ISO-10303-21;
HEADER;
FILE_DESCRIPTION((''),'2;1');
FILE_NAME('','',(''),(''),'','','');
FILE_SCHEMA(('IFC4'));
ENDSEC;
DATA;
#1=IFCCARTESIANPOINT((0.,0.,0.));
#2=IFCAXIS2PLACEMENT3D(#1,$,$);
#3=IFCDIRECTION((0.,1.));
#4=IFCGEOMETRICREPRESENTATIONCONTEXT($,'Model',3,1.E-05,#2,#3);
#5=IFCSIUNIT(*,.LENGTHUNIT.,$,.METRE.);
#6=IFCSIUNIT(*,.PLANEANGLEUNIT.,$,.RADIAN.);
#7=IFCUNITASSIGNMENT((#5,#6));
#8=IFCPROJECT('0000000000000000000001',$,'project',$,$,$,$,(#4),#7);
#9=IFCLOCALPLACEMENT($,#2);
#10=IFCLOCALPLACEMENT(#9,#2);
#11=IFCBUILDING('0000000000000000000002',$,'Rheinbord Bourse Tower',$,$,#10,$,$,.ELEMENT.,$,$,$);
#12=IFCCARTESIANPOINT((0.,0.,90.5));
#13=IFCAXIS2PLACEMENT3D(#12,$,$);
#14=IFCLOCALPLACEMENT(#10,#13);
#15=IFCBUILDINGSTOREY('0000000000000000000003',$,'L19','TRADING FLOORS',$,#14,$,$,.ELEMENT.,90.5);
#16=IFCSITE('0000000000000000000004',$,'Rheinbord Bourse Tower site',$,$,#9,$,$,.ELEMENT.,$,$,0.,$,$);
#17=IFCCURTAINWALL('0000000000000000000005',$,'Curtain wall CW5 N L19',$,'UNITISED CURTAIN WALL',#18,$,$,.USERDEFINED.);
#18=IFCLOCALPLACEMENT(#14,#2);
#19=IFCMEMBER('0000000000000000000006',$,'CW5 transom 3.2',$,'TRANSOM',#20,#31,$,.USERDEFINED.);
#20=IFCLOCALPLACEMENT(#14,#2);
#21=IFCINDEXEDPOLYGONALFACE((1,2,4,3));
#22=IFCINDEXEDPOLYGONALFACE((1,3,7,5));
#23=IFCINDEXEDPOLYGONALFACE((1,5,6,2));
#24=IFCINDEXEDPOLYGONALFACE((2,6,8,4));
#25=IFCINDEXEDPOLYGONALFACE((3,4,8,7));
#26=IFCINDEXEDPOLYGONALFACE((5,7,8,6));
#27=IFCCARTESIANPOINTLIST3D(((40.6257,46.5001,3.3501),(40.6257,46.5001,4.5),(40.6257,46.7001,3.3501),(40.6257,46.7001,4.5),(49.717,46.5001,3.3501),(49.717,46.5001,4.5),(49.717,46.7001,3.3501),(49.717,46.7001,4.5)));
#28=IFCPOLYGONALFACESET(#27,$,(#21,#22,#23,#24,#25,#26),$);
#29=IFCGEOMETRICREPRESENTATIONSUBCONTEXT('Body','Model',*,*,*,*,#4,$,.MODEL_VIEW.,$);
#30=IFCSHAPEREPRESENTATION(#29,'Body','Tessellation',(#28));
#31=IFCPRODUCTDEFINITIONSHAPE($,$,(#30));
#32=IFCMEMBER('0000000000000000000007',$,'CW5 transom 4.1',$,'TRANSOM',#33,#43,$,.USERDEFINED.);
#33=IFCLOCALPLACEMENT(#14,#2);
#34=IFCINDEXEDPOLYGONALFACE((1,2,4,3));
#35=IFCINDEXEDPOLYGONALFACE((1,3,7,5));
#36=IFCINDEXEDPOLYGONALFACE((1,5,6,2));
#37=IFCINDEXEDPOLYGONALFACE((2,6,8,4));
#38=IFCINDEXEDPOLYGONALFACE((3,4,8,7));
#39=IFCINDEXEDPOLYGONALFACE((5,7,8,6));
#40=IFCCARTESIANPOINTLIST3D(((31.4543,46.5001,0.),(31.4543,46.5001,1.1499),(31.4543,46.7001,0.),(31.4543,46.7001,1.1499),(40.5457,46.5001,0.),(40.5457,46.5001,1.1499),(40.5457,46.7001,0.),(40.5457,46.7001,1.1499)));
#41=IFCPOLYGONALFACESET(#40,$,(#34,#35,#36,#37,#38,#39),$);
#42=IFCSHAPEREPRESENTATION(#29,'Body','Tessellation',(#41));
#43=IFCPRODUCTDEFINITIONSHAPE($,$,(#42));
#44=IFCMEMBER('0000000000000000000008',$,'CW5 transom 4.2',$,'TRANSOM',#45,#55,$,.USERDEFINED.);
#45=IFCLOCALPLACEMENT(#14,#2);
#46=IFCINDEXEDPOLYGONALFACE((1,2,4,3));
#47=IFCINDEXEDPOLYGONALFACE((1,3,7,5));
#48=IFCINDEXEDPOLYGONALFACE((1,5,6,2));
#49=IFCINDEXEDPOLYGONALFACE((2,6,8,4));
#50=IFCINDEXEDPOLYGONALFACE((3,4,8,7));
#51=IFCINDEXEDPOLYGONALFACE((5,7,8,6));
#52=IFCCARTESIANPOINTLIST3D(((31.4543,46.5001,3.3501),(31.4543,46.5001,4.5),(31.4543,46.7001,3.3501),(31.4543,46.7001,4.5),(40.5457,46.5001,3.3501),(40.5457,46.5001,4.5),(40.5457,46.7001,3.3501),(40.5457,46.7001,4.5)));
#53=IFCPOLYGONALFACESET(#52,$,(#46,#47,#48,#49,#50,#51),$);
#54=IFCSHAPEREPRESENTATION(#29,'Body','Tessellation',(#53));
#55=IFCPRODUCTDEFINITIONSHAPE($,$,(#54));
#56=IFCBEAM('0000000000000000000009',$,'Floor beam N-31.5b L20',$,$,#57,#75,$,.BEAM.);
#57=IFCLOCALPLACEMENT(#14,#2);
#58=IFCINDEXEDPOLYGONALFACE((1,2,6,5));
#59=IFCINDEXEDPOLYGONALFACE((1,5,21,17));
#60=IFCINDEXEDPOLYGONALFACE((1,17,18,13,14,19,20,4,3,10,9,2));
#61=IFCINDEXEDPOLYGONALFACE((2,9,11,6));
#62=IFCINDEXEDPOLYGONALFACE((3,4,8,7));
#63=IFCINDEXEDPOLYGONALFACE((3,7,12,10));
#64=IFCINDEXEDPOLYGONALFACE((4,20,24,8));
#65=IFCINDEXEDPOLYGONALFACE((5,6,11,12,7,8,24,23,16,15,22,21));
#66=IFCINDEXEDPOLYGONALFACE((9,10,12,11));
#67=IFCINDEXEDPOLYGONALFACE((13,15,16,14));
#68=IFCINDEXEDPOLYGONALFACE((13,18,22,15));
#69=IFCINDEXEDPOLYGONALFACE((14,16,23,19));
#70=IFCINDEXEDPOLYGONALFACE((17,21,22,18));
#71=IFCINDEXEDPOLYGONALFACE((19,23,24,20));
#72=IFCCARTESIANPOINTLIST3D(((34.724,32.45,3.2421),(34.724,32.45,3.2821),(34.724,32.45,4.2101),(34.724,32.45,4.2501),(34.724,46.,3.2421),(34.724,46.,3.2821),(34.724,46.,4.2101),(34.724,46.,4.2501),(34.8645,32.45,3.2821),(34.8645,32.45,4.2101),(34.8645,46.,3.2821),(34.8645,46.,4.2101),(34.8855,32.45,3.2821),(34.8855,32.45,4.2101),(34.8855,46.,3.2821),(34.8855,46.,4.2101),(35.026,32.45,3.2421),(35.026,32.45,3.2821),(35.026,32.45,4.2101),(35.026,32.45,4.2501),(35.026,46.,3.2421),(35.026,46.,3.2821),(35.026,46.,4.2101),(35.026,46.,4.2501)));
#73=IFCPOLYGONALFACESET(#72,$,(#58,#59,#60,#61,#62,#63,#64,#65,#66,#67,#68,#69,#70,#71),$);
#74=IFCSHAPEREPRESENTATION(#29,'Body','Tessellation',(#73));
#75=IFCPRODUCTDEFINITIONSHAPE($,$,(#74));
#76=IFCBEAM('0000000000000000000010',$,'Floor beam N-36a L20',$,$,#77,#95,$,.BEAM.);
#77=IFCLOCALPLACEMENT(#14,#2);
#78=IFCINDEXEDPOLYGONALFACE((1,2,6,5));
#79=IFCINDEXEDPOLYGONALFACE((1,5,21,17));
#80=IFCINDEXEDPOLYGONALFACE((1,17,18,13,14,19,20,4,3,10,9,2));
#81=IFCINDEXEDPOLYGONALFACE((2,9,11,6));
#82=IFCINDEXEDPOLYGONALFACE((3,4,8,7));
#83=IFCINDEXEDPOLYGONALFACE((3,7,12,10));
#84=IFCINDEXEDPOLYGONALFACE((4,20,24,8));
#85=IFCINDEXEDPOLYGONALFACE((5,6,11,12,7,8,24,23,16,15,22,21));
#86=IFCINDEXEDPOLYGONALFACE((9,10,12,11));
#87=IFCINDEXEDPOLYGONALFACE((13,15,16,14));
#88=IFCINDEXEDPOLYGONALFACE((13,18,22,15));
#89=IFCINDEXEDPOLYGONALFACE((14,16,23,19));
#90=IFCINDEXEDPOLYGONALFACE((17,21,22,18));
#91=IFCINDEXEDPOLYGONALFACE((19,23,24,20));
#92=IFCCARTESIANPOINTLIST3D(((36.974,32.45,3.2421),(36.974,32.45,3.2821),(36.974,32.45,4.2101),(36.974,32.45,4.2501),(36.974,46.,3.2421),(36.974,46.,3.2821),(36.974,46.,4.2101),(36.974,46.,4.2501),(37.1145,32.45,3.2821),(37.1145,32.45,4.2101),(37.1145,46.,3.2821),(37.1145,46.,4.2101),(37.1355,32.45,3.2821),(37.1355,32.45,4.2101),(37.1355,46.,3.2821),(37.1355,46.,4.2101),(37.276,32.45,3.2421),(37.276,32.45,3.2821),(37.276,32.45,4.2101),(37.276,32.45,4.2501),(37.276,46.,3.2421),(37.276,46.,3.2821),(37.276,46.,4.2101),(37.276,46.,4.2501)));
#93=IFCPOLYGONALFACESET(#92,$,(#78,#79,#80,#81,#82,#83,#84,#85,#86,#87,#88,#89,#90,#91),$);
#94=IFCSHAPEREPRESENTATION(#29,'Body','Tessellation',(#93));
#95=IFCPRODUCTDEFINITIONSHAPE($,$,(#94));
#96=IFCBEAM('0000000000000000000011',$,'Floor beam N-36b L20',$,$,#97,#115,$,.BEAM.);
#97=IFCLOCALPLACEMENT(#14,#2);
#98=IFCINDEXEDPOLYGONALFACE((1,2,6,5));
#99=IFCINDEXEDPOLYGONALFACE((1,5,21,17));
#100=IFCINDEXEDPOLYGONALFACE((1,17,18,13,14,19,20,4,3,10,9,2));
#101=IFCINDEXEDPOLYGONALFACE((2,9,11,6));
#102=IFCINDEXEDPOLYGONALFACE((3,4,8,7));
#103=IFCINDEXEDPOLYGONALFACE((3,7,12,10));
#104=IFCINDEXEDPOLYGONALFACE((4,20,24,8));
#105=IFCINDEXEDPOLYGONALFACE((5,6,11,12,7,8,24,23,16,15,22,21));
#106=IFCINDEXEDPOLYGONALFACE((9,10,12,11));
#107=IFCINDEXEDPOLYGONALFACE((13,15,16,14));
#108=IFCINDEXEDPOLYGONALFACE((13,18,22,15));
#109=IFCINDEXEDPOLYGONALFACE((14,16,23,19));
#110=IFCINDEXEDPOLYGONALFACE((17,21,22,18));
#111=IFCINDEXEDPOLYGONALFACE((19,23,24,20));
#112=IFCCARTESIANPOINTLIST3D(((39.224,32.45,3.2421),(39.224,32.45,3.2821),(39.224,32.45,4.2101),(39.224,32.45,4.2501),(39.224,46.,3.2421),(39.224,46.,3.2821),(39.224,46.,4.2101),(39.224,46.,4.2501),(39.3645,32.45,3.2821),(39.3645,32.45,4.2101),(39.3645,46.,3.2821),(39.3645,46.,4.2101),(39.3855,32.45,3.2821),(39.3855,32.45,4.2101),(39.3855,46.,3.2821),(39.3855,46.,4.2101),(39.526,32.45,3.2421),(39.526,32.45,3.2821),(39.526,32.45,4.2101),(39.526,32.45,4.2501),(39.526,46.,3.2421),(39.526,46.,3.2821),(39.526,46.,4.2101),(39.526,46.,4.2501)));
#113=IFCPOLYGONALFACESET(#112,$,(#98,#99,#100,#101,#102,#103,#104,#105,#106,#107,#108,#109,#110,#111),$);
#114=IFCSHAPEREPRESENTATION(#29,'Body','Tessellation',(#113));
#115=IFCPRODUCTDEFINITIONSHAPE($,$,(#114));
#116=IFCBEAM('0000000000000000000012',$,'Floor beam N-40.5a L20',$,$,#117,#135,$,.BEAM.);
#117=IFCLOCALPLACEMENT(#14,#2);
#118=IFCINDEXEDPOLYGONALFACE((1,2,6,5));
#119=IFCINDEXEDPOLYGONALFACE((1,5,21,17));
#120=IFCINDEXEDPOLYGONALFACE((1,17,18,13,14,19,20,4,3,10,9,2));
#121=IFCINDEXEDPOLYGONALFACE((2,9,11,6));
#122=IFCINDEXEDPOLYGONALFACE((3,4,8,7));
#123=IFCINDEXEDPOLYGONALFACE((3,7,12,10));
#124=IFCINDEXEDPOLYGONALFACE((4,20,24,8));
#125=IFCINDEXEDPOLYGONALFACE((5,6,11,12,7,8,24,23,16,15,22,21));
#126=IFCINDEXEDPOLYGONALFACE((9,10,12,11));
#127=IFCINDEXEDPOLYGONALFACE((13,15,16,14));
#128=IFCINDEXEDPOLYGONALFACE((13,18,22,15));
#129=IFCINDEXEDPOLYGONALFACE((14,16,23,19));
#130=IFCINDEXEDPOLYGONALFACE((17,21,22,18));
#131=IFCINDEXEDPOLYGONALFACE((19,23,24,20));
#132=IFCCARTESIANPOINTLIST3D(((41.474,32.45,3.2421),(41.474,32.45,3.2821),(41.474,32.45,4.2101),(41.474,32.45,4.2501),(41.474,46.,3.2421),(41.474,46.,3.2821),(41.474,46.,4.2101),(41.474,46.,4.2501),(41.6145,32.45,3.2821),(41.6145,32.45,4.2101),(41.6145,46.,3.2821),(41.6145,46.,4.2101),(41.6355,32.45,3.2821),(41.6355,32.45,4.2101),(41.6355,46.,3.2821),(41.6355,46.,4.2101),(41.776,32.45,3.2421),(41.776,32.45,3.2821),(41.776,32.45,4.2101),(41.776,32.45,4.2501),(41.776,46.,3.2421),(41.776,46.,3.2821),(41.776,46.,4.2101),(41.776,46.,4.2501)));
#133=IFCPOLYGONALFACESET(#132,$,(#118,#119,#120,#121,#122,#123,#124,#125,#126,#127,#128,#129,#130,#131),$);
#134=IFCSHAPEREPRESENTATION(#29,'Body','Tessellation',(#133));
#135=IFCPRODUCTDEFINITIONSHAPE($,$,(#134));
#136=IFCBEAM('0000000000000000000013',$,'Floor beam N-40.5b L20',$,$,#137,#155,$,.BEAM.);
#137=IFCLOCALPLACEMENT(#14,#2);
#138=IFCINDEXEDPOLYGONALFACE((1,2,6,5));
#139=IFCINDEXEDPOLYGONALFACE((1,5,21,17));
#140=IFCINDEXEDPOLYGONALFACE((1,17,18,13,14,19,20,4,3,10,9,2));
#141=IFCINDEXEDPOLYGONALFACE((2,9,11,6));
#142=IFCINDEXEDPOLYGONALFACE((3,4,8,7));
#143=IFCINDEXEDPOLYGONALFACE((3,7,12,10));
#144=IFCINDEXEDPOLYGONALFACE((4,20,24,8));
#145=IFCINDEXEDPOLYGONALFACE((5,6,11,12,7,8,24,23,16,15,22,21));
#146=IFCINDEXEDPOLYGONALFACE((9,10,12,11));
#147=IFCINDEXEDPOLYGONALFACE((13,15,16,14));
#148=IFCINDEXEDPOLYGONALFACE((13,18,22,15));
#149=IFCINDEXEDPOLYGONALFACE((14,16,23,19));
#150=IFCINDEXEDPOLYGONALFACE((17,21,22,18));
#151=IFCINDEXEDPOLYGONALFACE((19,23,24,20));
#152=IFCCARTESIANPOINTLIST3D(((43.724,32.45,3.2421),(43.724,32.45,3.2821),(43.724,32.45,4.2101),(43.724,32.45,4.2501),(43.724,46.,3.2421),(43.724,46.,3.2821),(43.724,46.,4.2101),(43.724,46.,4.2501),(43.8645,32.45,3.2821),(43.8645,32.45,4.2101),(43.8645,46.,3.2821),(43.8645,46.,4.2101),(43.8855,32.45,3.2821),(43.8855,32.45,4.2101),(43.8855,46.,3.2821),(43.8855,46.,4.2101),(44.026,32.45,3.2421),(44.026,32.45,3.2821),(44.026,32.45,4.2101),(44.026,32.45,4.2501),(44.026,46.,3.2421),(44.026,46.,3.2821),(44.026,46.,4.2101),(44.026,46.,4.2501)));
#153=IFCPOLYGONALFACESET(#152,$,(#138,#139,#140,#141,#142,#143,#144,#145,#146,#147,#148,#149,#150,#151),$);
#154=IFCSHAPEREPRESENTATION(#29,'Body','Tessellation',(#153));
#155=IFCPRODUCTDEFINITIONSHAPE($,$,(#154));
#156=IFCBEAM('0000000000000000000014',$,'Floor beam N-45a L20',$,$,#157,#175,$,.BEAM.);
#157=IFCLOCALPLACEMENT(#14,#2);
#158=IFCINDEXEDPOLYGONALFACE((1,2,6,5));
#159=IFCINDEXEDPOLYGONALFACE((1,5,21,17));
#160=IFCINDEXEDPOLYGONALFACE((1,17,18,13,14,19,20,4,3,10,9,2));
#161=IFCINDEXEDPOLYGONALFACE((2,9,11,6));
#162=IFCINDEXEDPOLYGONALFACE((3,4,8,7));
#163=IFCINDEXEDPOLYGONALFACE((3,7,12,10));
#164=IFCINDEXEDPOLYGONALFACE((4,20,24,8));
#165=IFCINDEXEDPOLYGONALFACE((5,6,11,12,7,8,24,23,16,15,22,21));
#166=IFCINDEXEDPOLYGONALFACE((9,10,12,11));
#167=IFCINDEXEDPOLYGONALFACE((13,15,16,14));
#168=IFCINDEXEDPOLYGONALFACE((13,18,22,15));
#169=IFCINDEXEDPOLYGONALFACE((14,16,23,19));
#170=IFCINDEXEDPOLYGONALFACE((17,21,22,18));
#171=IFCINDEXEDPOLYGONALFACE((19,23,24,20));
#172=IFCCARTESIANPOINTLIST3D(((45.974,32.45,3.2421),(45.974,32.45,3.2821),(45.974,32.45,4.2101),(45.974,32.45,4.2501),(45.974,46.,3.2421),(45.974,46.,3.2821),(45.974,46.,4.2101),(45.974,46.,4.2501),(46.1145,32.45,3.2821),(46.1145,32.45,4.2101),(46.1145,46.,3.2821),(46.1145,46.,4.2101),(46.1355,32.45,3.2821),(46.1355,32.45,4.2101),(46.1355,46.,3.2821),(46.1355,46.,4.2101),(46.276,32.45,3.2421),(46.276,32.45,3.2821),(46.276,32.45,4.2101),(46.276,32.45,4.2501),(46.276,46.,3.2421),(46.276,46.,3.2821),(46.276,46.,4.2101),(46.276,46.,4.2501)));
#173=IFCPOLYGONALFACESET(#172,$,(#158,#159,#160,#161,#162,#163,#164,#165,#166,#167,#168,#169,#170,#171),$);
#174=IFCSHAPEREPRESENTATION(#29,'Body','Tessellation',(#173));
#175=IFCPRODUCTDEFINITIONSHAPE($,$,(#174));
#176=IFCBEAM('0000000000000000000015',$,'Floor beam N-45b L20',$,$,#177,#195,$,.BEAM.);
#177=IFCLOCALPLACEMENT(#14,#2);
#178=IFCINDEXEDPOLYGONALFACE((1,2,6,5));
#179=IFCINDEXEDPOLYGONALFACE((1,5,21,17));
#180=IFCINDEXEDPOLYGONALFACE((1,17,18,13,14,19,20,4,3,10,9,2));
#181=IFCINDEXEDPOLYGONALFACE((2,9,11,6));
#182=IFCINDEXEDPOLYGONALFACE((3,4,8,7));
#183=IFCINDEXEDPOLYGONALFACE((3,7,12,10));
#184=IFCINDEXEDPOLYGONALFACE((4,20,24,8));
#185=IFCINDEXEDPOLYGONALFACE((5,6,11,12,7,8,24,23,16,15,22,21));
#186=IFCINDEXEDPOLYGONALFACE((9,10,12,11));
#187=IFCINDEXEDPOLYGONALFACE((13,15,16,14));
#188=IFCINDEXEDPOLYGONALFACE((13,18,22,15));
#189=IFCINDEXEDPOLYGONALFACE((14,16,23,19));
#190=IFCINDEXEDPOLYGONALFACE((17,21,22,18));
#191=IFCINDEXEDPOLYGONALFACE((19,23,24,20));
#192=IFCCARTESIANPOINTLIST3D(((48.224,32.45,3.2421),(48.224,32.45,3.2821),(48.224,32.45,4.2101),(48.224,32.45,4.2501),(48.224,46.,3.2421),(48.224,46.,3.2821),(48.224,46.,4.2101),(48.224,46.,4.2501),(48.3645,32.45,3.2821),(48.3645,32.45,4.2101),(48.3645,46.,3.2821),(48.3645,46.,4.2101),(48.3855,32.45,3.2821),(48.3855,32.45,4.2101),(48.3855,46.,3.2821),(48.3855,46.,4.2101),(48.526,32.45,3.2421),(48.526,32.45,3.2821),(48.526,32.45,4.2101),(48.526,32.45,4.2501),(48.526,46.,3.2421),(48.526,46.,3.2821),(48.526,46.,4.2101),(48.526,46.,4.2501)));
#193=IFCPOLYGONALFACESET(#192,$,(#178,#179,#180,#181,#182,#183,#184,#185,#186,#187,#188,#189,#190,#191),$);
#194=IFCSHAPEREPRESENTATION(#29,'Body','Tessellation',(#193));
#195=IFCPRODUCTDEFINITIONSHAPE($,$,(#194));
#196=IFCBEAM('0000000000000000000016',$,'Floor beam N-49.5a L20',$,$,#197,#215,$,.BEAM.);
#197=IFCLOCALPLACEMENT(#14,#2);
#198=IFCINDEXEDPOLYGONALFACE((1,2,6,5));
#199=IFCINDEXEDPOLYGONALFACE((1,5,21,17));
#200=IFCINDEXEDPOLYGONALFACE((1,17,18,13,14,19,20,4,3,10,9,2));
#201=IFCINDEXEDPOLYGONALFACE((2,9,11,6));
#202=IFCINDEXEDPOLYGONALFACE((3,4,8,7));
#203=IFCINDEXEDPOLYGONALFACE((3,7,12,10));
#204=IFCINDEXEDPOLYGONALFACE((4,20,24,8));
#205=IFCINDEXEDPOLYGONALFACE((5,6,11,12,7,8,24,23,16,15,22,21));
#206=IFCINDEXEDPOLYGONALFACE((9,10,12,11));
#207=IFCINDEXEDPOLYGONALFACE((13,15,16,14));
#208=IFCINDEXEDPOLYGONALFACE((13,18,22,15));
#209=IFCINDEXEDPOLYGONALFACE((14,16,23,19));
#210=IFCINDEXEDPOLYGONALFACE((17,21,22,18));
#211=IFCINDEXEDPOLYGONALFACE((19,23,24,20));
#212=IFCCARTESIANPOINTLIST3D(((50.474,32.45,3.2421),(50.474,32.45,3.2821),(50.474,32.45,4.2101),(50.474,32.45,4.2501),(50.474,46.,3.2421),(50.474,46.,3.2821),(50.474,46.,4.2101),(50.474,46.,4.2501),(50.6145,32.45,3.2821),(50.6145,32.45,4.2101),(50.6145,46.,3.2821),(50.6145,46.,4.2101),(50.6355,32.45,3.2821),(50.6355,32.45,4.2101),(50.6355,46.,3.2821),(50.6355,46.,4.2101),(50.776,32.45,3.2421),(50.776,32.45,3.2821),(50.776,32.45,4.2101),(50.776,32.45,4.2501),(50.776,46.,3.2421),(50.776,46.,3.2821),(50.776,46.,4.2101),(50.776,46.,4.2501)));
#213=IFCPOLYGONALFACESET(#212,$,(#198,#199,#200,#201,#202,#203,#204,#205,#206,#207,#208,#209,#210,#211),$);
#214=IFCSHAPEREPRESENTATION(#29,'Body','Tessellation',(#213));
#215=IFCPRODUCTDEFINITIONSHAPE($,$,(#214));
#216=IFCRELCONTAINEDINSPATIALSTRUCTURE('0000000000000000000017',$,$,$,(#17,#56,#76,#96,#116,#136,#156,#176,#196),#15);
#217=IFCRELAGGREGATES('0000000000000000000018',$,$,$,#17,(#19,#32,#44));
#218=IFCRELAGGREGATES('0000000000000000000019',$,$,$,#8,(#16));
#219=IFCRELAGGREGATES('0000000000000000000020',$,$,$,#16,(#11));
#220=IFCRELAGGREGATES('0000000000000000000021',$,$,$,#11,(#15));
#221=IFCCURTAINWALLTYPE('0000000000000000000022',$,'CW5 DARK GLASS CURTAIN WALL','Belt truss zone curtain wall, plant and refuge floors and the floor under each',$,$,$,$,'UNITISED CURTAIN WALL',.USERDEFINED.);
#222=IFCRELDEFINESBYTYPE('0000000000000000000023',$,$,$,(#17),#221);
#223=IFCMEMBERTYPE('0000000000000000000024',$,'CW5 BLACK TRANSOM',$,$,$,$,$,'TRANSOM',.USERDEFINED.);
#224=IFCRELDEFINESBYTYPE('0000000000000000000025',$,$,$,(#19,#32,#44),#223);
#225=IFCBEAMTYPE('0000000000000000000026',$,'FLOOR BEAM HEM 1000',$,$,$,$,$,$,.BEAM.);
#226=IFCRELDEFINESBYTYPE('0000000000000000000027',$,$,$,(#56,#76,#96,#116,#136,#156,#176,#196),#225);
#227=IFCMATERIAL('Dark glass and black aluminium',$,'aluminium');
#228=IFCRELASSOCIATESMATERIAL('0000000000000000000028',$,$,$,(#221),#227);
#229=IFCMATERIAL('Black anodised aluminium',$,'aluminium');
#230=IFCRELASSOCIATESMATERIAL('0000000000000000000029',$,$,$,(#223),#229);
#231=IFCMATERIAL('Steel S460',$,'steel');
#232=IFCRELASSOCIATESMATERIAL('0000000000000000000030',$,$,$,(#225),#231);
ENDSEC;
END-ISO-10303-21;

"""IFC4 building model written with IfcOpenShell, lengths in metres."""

from ifc_helpers import new_model, si_unit, direction, frame, origin, origin_2d, place, context, subcontext, project, spatial, rectangle, i_section, extrude, material, material_profile, profile_set, type_object, element, aggregate, save


model = new_model("IFC4")

# Units and contexts
model_context = context("Model", 3, precision=1e-05, world=origin(), true_north=direction((0.0, 1.0)))
body_context = subcontext(model_context, "Body", "Model", "MODEL_VIEW")
ifc_project = project(units=[si_unit("LENGTHUNIT", "METRE"), si_unit("PLANEANGLEUNIT", "RADIAN")], contexts=[model_context])

# Site, building, storey
site_placement = place(None, origin())
site = spatial("IfcSite", under=ifc_project, at=site_placement, Name="Rheinbord Bourse Tower site", CompositionType="ELEMENT", RefElevation=0.0)
building_placement = place(site_placement, origin())
building = spatial("IfcBuilding", under=site, at=building_placement, Name="Rheinbord Bourse Tower", CompositionType="ELEMENT")
storey_placement = place(building_placement, frame((0.0, 0.0, 90.5)))
storey = spatial("IfcBuildingStorey", under=building, at=storey_placement, Name="L19", Description="TRADING FLOORS", CompositionType="ELEMENT", Elevation=90.5)

# Curtain wall, members
ifc_material_1 = material(Name="Dark glass and black aluminium", Category="aluminium")
curtain_wall_type = type_object("IfcCurtainWallType", Name="CW5 DARK GLASS CURTAIN WALL", Description="Belt truss zone curtain wall, plant and refuge floors and the floor under each", ElementType="UNITISED CURTAIN WALL", PredefinedType="USERDEFINED", material=ifc_material_1)
curtain_wall_placement = place(storey_placement, origin())
curtain_wall = element("IfcCurtainWall", 1, at=curtain_wall_placement, inside=storey, type_object=curtain_wall_type, Name="Curtain wall CW5 N L19", ObjectType="UNITISED CURTAIN WALL", PredefinedType="USERDEFINED")
ifc_material_2 = material(Name="Black anodised aluminium", Category="aluminium")
ifc_material_profile_1 = material_profile(ifc_material_2, rectangle(XDim=0.2, YDim=1.1499, at=origin_2d()), Name="CW5 TRANSOM 1150x200")
ifc_profile_set_1 = profile_set([ifc_material_profile_1], Name="Black anodised aluminium")
member_type_1 = type_object("IfcMemberType", Name="CW5 BLACK TRANSOM", ElementType="TRANSOM", PredefinedType="USERDEFINED", material=ifc_profile_set_1)
member_1_placement = place(storey_placement, frame((49.717, 46.6001, 3.925), z_axis=(-1.0, 0.0, 0.0), x_axis=(0.0, -1.0, 0.0)))
member_1 = element("IfcMember", 2, at=member_1_placement, type_object=member_type_1, Name="CW5 transom 3.2", ObjectType="TRANSOM", PredefinedType="USERDEFINED", context=body_context, shape_type="SweptSolid", body=[
    extrude(rectangle(XDim=0.2, YDim=1.1499, at=origin_2d()), origin(), (0.0, 0.0, 1.0), 9.0913),
])
member_2_placement = place(storey_placement, frame((40.5457, 46.6001, 0.575), z_axis=(-1.0, 0.0, 0.0), x_axis=(0.0, -1.0, 0.0)))
member_2 = element("IfcMember", 3, at=member_2_placement, type_object=member_type_1, Name="CW5 transom 4.1", ObjectType="TRANSOM", PredefinedType="USERDEFINED", context=body_context, shape_type="SweptSolid", body=[
    extrude(rectangle(XDim=0.2, YDim=1.1499, at=origin_2d()), origin(), (0.0, 0.0, 1.0), 9.0913),
])
member_3_placement = place(storey_placement, frame((40.5457, 46.6001, 3.925), z_axis=(-1.0, 0.0, 0.0), x_axis=(0.0, -1.0, 0.0)))
member_3 = element("IfcMember", 4, at=member_3_placement, type_object=member_type_1, Name="CW5 transom 4.2", ObjectType="TRANSOM", PredefinedType="USERDEFINED", context=body_context, shape_type="SweptSolid", body=[
    extrude(rectangle(XDim=0.2, YDim=1.1499, at=origin_2d()), origin(), (0.0, 0.0, 1.0), 9.0913),
])

# Beams
ifc_material_3 = material(Name="Steel S460", Category="steel")
ifc_material_profile_2 = material_profile(ifc_material_3, i_section(OverallWidth=0.302, OverallDepth=1.0081, WebThickness=0.021, FlangeThickness=0.04, at=origin_2d()), Name="HEM 1000")
ifc_profile_set_2 = profile_set([ifc_material_profile_2], Name="Steel S460")
beam_type_1 = type_object("IfcBeamType", Name="FLOOR BEAM HEM 1000", PredefinedType="BEAM", material=ifc_profile_set_2)
for number, where, z_axis, x_axis, name in (
    (5, (34.875, 46.0, 3.7461), (0.0, -1.0, 0.0), (1.0, 0.0, 0.0), "Floor beam N-31.5b L20"),
    (6, (37.125, 46.0, 3.7461), (0.0, -1.0, 0.0), (1.0, 0.0, 0.0), "Floor beam N-36a L20"),
    (7, (39.375, 46.0, 3.7461), (0.0, -1.0, 0.0), (1.0, 0.0, 0.0), "Floor beam N-36b L20"),
    (8, (41.625, 46.0, 3.7461), (0.0, -1.0, 0.0), (1.0, 0.0, 0.0), "Floor beam N-40.5a L20"),
    (9, (43.875, 46.0, 3.7461), (0.0, -1.0, 0.0), (1.0, 0.0, 0.0), "Floor beam N-40.5b L20"),
    (10, (46.125, 46.0, 3.7461), (0.0, -1.0, 0.0), (1.0, 0.0, 0.0), "Floor beam N-45a L20"),
    (11, (48.375, 46.0, 3.7461), (0.0, -1.0, 0.0), (1.0, 0.0, 0.0), "Floor beam N-45b L20"),
    (12, (50.625, 46.0, 3.7461), (0.0, -1.0, 0.0), (1.0, 0.0, 0.0), "Floor beam N-49.5a L20"),
):
    element("IfcBeam", number, at=place(storey_placement, frame(where, z_axis=z_axis, x_axis=x_axis)), inside=storey, type_object=beam_type_1, Name=name, PredefinedType="BEAM", context=body_context, shape_type="SweptSolid", body=[
        extrude(i_section(OverallWidth=0.302, OverallDepth=1.0081, WebThickness=0.021, FlangeThickness=0.04, at=origin_2d()), origin(), (0.0, 0.0, 1.0), 13.55),
    ])

aggregate(curtain_wall, [member_1, member_2, member_3])

save(model, "model.ifc")
